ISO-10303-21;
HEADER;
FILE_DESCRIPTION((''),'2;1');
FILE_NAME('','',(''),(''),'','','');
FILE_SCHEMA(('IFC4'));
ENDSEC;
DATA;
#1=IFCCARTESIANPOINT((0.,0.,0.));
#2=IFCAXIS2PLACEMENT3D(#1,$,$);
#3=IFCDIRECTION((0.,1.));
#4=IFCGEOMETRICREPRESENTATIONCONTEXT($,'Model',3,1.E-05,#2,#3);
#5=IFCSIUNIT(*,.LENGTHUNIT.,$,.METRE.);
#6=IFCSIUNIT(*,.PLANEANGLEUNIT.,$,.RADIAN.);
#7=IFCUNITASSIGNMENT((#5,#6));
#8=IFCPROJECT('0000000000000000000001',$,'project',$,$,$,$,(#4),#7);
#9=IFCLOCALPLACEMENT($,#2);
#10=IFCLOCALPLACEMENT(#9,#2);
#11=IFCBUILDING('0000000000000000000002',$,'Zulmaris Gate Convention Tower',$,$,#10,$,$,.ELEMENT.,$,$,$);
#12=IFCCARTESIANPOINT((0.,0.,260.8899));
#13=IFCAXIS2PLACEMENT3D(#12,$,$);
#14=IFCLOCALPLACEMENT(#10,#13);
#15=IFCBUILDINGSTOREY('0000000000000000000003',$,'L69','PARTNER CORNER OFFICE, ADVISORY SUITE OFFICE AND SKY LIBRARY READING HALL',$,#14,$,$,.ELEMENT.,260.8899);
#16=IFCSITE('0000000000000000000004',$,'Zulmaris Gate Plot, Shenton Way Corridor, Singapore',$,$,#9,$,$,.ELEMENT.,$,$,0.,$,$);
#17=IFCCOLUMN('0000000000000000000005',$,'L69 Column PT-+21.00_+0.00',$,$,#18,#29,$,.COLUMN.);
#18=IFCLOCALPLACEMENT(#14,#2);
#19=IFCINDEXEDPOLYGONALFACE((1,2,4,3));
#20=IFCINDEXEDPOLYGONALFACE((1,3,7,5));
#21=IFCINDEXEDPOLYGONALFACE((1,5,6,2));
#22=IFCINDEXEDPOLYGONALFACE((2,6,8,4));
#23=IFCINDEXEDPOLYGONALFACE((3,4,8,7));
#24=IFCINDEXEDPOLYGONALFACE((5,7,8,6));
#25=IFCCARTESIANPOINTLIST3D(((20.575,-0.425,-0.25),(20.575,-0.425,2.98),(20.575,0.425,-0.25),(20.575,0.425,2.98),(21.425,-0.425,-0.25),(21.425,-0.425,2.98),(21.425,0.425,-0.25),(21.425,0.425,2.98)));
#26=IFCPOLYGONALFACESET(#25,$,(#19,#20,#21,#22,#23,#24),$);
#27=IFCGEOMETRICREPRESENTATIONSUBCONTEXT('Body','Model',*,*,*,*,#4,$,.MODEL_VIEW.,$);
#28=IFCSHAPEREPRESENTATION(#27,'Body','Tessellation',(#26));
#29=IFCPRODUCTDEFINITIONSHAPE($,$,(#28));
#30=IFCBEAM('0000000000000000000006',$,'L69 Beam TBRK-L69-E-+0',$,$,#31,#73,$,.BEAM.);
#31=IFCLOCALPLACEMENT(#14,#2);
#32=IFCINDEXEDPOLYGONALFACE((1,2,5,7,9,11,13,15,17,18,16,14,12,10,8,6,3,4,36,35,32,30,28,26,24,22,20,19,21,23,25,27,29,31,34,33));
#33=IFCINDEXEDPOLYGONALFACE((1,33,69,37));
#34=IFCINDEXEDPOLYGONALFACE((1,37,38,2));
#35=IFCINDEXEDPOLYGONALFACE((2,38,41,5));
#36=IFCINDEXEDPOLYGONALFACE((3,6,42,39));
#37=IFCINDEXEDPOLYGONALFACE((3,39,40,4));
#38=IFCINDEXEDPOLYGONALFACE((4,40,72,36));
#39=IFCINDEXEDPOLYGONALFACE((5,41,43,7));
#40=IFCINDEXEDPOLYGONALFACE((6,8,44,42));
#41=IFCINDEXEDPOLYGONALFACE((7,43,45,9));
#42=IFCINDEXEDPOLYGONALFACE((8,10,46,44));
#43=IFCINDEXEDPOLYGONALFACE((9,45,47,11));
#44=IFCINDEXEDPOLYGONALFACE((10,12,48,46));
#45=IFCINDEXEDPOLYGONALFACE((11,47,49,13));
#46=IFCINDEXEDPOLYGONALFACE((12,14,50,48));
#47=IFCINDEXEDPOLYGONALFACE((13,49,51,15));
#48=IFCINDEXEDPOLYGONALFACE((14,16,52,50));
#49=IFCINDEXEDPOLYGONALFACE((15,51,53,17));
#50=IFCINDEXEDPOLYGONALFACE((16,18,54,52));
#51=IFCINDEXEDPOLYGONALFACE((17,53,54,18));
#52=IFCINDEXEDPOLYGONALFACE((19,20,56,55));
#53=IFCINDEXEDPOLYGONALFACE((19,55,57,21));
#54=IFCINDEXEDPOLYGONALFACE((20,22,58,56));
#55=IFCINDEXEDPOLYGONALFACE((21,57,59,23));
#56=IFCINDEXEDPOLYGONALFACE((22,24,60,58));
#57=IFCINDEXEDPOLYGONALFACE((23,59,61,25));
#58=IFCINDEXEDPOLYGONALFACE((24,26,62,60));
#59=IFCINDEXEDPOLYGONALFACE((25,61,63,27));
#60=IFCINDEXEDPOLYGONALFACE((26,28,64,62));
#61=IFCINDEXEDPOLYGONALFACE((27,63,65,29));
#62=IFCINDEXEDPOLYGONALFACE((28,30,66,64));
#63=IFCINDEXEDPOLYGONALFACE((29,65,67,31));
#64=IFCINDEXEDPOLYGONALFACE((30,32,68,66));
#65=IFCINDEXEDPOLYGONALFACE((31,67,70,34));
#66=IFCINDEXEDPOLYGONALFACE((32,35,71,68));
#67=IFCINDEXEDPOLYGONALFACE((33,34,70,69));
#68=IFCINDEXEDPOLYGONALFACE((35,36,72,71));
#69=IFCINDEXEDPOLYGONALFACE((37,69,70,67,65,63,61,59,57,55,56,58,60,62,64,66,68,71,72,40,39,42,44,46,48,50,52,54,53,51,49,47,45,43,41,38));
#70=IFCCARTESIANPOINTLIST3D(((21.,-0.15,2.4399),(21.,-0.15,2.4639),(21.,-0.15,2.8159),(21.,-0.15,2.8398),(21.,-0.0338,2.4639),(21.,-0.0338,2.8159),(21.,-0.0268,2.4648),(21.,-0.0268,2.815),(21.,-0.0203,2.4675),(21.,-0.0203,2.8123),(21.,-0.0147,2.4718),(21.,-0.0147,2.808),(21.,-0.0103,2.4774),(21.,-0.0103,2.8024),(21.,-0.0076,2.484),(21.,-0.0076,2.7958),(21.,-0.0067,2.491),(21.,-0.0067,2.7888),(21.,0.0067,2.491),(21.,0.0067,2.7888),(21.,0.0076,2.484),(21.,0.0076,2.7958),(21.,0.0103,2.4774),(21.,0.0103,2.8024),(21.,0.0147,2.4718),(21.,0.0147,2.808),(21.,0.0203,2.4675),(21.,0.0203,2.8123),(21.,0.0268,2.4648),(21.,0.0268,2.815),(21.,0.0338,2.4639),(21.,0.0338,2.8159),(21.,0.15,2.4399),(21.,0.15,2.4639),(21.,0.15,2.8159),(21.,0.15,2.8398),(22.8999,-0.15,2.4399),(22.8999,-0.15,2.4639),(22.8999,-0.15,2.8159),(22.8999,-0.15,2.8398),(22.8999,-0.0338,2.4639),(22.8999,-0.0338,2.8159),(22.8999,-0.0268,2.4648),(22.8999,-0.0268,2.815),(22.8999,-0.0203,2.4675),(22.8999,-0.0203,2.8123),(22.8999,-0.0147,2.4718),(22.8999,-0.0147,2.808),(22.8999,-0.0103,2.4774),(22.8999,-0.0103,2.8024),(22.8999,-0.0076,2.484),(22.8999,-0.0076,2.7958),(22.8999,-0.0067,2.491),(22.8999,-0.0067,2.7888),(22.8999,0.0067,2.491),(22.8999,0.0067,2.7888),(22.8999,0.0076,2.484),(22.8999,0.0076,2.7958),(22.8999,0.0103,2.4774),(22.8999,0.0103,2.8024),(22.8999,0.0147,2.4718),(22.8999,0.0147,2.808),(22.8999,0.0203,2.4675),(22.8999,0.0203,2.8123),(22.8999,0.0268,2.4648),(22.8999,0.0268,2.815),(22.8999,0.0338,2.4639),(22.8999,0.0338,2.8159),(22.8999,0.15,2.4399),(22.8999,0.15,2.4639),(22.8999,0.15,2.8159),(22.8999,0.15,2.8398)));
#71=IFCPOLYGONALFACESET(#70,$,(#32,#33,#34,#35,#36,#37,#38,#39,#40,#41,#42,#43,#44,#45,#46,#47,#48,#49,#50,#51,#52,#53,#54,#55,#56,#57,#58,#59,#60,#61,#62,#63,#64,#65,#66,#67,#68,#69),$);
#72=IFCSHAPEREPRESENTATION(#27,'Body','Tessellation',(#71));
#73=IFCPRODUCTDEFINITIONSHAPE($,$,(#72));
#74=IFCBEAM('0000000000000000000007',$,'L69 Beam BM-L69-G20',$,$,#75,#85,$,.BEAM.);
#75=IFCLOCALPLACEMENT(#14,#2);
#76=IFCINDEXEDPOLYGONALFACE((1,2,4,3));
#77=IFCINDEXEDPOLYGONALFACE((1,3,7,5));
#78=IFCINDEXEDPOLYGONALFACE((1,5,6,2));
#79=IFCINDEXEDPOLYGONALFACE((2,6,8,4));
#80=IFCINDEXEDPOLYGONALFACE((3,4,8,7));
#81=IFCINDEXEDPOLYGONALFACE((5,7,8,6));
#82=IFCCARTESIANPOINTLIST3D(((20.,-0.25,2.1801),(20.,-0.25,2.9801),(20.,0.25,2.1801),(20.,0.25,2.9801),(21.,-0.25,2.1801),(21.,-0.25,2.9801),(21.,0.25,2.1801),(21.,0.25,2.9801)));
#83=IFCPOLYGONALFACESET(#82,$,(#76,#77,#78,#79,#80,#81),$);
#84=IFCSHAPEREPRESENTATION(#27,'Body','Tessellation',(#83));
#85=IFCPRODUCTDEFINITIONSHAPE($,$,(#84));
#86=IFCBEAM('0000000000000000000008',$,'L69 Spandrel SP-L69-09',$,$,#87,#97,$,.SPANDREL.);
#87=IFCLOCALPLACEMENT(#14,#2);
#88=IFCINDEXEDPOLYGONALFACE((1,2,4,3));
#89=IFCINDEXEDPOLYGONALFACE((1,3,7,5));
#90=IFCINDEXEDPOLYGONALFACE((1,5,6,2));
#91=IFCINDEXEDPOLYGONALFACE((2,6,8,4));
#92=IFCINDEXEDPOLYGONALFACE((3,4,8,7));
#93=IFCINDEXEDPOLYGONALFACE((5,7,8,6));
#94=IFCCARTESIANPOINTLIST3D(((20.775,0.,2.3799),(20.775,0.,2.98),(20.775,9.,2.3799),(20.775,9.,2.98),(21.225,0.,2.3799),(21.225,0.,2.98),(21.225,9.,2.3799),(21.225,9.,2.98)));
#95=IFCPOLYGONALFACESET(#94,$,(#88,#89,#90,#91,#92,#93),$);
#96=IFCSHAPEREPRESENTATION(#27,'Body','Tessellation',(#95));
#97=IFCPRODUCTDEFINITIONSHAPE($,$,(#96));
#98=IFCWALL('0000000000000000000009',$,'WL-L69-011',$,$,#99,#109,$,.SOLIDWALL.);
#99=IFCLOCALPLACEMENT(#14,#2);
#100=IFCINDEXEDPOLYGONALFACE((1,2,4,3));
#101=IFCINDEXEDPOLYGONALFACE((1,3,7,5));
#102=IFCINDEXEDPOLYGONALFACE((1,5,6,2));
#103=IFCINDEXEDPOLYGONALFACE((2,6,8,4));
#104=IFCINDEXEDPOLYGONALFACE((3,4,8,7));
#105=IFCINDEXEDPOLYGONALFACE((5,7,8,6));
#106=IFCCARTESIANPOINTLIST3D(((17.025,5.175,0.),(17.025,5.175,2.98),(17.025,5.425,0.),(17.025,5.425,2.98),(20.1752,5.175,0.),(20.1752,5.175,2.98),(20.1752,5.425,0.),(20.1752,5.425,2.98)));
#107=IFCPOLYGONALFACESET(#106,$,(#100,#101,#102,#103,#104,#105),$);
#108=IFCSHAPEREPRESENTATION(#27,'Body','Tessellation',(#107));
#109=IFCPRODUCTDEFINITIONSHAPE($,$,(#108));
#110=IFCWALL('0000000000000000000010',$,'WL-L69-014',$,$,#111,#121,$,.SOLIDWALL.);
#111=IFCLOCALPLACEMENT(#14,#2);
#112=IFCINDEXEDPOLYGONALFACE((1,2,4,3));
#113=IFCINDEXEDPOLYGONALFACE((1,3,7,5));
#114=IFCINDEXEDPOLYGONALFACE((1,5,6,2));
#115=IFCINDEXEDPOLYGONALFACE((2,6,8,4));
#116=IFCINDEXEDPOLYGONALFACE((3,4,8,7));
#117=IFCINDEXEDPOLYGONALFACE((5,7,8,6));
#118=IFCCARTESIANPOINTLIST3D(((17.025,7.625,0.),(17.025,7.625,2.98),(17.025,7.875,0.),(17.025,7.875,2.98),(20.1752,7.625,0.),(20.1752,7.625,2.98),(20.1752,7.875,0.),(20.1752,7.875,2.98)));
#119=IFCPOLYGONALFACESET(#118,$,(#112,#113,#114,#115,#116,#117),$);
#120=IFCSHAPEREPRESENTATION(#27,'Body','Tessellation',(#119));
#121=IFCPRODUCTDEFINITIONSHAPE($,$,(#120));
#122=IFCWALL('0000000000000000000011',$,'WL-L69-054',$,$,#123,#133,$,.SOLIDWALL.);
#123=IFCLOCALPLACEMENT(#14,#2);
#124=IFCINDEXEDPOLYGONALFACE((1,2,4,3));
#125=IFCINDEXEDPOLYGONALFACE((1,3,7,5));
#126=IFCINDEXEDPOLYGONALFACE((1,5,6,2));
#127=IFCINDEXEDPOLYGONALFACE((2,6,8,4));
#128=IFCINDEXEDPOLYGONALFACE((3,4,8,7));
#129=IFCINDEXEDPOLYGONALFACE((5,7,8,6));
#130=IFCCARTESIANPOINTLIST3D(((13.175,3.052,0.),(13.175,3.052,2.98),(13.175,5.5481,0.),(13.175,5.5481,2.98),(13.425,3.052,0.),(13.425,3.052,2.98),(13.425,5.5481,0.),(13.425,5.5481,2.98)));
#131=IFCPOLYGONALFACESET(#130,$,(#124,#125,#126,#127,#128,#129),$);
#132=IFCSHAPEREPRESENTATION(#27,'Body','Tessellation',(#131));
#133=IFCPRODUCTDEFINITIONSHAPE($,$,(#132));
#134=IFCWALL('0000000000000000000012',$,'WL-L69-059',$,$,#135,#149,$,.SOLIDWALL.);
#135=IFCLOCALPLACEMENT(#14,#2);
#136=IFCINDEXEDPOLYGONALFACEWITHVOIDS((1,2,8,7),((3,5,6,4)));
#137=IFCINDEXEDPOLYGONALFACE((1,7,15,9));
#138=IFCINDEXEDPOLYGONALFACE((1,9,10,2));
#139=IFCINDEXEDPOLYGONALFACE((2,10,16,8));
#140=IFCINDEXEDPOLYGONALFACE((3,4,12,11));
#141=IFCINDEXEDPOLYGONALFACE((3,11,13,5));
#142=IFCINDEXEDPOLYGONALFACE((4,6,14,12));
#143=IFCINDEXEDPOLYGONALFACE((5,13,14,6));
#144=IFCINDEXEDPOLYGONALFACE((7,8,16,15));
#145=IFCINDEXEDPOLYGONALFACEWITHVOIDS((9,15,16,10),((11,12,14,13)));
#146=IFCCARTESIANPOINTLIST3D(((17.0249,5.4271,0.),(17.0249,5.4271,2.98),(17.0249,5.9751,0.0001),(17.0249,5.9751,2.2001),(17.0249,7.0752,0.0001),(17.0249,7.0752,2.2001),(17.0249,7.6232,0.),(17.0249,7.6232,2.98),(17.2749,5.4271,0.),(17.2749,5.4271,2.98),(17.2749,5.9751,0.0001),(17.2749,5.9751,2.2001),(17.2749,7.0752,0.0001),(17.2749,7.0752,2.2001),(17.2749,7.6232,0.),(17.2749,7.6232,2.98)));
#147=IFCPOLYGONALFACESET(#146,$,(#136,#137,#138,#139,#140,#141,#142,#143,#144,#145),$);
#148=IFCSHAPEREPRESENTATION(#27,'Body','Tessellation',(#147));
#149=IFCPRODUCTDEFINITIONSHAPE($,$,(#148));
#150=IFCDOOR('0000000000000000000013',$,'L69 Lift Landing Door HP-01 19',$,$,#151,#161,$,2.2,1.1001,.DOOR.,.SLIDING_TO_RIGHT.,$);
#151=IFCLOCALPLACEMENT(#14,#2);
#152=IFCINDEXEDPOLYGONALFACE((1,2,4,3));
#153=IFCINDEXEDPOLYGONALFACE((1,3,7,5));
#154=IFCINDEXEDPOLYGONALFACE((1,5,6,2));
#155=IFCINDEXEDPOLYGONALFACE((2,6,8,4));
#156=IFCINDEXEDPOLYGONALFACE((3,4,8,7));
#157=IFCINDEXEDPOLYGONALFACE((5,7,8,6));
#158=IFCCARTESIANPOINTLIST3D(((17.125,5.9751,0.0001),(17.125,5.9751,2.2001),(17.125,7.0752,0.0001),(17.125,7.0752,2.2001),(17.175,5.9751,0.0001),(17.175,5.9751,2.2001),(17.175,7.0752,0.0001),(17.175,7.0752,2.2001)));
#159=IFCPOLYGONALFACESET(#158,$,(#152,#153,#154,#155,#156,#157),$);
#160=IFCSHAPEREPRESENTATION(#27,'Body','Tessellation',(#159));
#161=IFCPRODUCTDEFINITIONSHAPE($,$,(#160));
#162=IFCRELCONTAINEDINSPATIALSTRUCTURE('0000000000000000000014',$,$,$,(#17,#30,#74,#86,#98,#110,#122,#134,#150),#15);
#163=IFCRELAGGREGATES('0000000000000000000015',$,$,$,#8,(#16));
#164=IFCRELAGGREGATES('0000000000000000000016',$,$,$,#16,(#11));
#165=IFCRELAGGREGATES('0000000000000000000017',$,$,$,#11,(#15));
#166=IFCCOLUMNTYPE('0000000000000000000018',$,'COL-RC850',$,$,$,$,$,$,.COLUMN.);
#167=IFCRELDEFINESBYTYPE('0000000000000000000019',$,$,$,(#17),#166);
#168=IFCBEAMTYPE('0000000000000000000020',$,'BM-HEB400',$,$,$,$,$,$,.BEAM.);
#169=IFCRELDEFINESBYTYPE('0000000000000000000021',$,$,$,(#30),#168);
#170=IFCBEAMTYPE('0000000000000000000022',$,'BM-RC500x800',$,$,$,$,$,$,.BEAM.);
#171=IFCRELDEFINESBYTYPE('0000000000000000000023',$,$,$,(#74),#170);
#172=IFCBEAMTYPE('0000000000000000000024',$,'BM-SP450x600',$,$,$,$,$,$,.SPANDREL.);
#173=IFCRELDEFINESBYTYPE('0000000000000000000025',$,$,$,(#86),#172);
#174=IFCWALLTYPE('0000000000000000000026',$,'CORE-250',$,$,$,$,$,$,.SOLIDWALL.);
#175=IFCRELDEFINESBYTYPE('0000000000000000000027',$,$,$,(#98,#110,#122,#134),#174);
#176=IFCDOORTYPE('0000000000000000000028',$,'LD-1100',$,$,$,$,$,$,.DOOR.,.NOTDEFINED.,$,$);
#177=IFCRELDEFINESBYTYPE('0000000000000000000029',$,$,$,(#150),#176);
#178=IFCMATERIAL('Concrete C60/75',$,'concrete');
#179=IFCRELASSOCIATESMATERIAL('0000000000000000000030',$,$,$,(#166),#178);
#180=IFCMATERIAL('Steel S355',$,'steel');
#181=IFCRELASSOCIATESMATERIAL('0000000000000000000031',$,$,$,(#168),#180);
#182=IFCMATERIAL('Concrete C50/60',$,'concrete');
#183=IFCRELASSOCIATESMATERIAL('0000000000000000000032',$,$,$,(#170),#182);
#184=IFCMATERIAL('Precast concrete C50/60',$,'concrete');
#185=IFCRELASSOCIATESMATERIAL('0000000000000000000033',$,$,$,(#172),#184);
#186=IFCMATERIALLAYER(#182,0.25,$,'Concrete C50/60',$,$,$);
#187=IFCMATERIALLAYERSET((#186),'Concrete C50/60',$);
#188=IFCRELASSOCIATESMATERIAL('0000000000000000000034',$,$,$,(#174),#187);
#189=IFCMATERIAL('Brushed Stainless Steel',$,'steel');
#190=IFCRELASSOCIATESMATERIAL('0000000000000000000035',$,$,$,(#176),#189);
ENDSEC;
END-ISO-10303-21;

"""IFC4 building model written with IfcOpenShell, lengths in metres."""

from ifc_helpers import new_model, si_unit, direction, frame, frame_2d, origin, origin_2d, place, context, subcontext, project, spatial, rectangle, i_section, extrude, material, layer, layer_set, material_profile, profile_set, type_object, element, fill, save


model = new_model("IFC4")

# Units and contexts
model_context = context("Model", 3, precision=1e-05, world=origin(), true_north=direction((0.0, 1.0)))
body_context = subcontext(model_context, "Body", "Model", "MODEL_VIEW")
ifc_project = project(units=[si_unit("LENGTHUNIT", "METRE"), si_unit("PLANEANGLEUNIT", "RADIAN")], contexts=[model_context])

# Site, building, storey
site_placement = place(None, origin())
site = spatial("IfcSite", under=ifc_project, at=site_placement, Name="Zulmaris Gate Plot, Shenton Way Corridor, Singapore", CompositionType="ELEMENT", RefElevation=0.0)
building_placement = place(site_placement, origin())
building = spatial("IfcBuilding", under=site, at=building_placement, Name="Zulmaris Gate Convention Tower", CompositionType="ELEMENT")
storey_placement = place(building_placement, frame((0.0, 0.0, 260.8899)))
storey = spatial("IfcBuildingStorey", under=building, at=storey_placement, Name="L69", Description="PARTNER CORNER OFFICE, ADVISORY SUITE OFFICE AND SKY LIBRARY READING HALL", CompositionType="ELEMENT", Elevation=260.8899)

# Column
ifc_material_1 = material(Name="Concrete C60/75", Category="concrete")
ifc_material_profile_1 = material_profile(ifc_material_1, rectangle(XDim=0.8501, YDim=0.8501, at=origin_2d()), Name="RC COL 850x850")
ifc_profile_set_1 = profile_set([ifc_material_profile_1], Name="Concrete C60/75")
column_type = type_object("IfcColumnType", Name="COL-RC850", PredefinedType="COLUMN", material=ifc_profile_set_1)
column_placement = place(storey_placement, frame((21.0, 0.0, -0.25), z_axis=(0.0, 0.0, 1.0), x_axis=(1.0, 0.0, 0.0)))
element("IfcColumn", 1, at=column_placement, inside=storey, type_object=column_type, Name="L69 Column PT-+21.00_+0.00", PredefinedType="COLUMN", context=body_context, shape_type="SweptSolid", body=[
    extrude(rectangle(XDim=0.8501, YDim=0.8501, at=origin_2d()), origin(), (0.0, 0.0, 1.0), 3.23),
])

# Beams
ifc_material_2 = material(Name="Steel S355", Category="steel")
ifc_material_profile_2 = material_profile(ifc_material_2, i_section(OverallWidth=0.3, OverallDepth=0.3999, WebThickness=0.0134, FlangeThickness=0.0239, FilletRadius=0.0271, at=origin_2d()), Name="HEB 400")
ifc_profile_set_2 = profile_set([ifc_material_profile_2], Name="Steel S355")
beam_type_1 = type_object("IfcBeamType", Name="BM-HEB400", PredefinedType="BEAM", material=ifc_profile_set_2)
beam_1_placement = place(storey_placement, frame((21.0, 0.0, 2.6399), z_axis=(1.0, 0.0, 0.0), x_axis=(0.0, 1.0, 0.0)))
element("IfcBeam", 2, at=beam_1_placement, inside=storey, type_object=beam_type_1, Name="L69 Beam TBRK-L69-E-+0", PredefinedType="BEAM", context=body_context, shape_type="SweptSolid", body=[
    extrude(i_section(OverallWidth=0.3, OverallDepth=0.3999, WebThickness=0.0134, FlangeThickness=0.0239, FilletRadius=0.0271, at=origin_2d()), origin(), (0.0, 0.0, 1.0), 1.8999),
])
ifc_material_3 = material(Name="Concrete C50/60", Category="concrete")
ifc_material_profile_3 = material_profile(ifc_material_3, rectangle(XDim=0.5, YDim=0.8, at=origin_2d()), Name="RC BEAM 500x800")
ifc_profile_set_3 = profile_set([ifc_material_profile_3], Name="Concrete C50/60")
beam_type_2 = type_object("IfcBeamType", Name="BM-RC500x800", PredefinedType="BEAM", material=ifc_profile_set_3)
beam_2_placement = place(storey_placement, frame((20.0, 0.0, 2.5801), z_axis=(1.0, 0.0, 0.0), x_axis=(0.0, 1.0, 0.0)))
element("IfcBeam", 3, at=beam_2_placement, inside=storey, type_object=beam_type_2, Name="L69 Beam BM-L69-G20", PredefinedType="BEAM", context=body_context, shape_type="SweptSolid", body=[
    extrude(rectangle(XDim=0.5, YDim=0.8, at=origin_2d()), origin(), (0.0, 0.0, 1.0), 1.0),
])
ifc_material_4 = material(Name="Precast concrete C50/60", Category="concrete")
ifc_material_profile_4 = material_profile(ifc_material_4, rectangle(XDim=0.45, YDim=0.6001, at=origin_2d()), Name="RC SPANDREL 450x600")
ifc_profile_set_4 = profile_set([ifc_material_profile_4], Name="Precast concrete C50/60")
beam_type_3 = type_object("IfcBeamType", Name="BM-SP450x600", PredefinedType="SPANDREL", material=ifc_profile_set_4)
beam_3_placement = place(storey_placement, frame((21.0, 0.0, 2.6799), z_axis=(0.0, 1.0, 0.0), x_axis=(-1.0, 0.0, 0.0)))
element("IfcBeam", 4, at=beam_3_placement, inside=storey, type_object=beam_type_3, Name="L69 Spandrel SP-L69-09", PredefinedType="SPANDREL", context=body_context, shape_type="SweptSolid", body=[
    extrude(rectangle(XDim=0.45, YDim=0.6001, at=origin_2d()), origin(), (0.0, 0.0, 1.0), 9.0),
])

# Walls
ifc_layer_1 = layer(ifc_material_3, 0.25, Name="Concrete C50/60")
ifc_layer_set_1 = layer_set([ifc_layer_1], Name="Concrete C50/60")
wall_type_1 = type_object("IfcWallType", Name="CORE-250", PredefinedType="SOLIDWALL", material=ifc_layer_set_1)
for number, where, z_axis, x_axis, name in (
    (5, (17.0249, 5.3, 0.0), (0.0, 0.0, 1.0), (1.0, 0.0, 0.0), "WL-L69-011"),
    (6, (17.0249, 7.75, 0.0), (0.0, 0.0, 1.0), (1.0, 0.0, 0.0), "WL-L69-014"),
):
    element("IfcWall", number, at=place(storey_placement, frame(where, z_axis=z_axis, x_axis=x_axis)), inside=storey, type_object=wall_type_1, Name=name, PredefinedType="SOLIDWALL", context=body_context, shape_type="SweptSolid", body=[
        extrude(rectangle(XDim=3.1501, YDim=0.25, at=frame_2d((1.5752, 0.0))), origin(), (0.0, 0.0, 1.0), 2.98),
    ])
wall_1_placement = place(storey_placement, frame((13.3, 3.052, 0.0), z_axis=(0.0, 0.0, 1.0), x_axis=(0.0, 1.0, 0.0)))
element("IfcWall", 7, at=wall_1_placement, inside=storey, type_object=wall_type_1, Name="WL-L69-054", PredefinedType="SOLIDWALL", context=body_context, shape_type="SweptSolid", body=[
    extrude(rectangle(XDim=2.4961, YDim=0.25, at=frame_2d((1.248, 0.0))), origin(), (0.0, 0.0, 1.0), 2.98),
])

# Wall, opening, door
wall_2_placement = place(storey_placement, frame((17.1499, 5.427, 0.0), z_axis=(0.0, 0.0, 1.0), x_axis=(0.0, 1.0, 0.0)))
wall_2 = element("IfcWall", 8, at=wall_2_placement, inside=storey, type_object=wall_type_1, Name="WL-L69-059", PredefinedType="SOLIDWALL", context=body_context, shape_type="SweptSolid", body=[
    extrude(rectangle(XDim=2.196, YDim=0.25, at=frame_2d((1.0981, 0.0))), origin(), (0.0, 0.0, 1.0), 2.98),
])
opening_1_placement = place(wall_2_placement, frame((0.5481, 0.0, 0.0)))
opening_1 = element("IfcOpeningElement", 9, at=opening_1_placement, cuts=wall_2, PredefinedType="OPENING", context=body_context, shape_type="SweptSolid", body=[
    extrude(rectangle(XDim=1.1001, YDim=2.2, at=frame_2d((0.55, 1.1001))), frame((0.0, 0.135, 0.0), z_axis=(0.0, -1.0, 0.0), x_axis=(1.0, 0.0, 0.0)), (0.0, 0.0, 1.0), 0.27),
])
ifc_material_5 = material(Name="Brushed Stainless Steel", Category="steel")
door_type_1 = type_object("IfcDoorType", Name="LD-1100", OperationType="NOTDEFINED", PredefinedType="DOOR", material=ifc_material_5)
door_1_placement = place(opening_1_placement, origin())
door_1 = element("IfcDoor", 10, at=door_1_placement, inside=storey, type_object=door_type_1, Name="L69 Lift Landing Door HP-01 19", OperationType="SLIDING_TO_RIGHT", OverallHeight=2.2, OverallWidth=1.1001, PredefinedType="DOOR", context=body_context, shape_type="SweptSolid", body=[
    extrude(rectangle(XDim=1.1001, YDim=2.2, at=frame_2d((0.55, 1.1001))), frame((0.0, 0.0249, 0.0), z_axis=(0.0, -1.0, 0.0), x_axis=(1.0, 0.0, 0.0)), (0.0, 0.0, 1.0), 0.05),
])
fill(opening_1, door_1)

save(model, "model.ifc")
